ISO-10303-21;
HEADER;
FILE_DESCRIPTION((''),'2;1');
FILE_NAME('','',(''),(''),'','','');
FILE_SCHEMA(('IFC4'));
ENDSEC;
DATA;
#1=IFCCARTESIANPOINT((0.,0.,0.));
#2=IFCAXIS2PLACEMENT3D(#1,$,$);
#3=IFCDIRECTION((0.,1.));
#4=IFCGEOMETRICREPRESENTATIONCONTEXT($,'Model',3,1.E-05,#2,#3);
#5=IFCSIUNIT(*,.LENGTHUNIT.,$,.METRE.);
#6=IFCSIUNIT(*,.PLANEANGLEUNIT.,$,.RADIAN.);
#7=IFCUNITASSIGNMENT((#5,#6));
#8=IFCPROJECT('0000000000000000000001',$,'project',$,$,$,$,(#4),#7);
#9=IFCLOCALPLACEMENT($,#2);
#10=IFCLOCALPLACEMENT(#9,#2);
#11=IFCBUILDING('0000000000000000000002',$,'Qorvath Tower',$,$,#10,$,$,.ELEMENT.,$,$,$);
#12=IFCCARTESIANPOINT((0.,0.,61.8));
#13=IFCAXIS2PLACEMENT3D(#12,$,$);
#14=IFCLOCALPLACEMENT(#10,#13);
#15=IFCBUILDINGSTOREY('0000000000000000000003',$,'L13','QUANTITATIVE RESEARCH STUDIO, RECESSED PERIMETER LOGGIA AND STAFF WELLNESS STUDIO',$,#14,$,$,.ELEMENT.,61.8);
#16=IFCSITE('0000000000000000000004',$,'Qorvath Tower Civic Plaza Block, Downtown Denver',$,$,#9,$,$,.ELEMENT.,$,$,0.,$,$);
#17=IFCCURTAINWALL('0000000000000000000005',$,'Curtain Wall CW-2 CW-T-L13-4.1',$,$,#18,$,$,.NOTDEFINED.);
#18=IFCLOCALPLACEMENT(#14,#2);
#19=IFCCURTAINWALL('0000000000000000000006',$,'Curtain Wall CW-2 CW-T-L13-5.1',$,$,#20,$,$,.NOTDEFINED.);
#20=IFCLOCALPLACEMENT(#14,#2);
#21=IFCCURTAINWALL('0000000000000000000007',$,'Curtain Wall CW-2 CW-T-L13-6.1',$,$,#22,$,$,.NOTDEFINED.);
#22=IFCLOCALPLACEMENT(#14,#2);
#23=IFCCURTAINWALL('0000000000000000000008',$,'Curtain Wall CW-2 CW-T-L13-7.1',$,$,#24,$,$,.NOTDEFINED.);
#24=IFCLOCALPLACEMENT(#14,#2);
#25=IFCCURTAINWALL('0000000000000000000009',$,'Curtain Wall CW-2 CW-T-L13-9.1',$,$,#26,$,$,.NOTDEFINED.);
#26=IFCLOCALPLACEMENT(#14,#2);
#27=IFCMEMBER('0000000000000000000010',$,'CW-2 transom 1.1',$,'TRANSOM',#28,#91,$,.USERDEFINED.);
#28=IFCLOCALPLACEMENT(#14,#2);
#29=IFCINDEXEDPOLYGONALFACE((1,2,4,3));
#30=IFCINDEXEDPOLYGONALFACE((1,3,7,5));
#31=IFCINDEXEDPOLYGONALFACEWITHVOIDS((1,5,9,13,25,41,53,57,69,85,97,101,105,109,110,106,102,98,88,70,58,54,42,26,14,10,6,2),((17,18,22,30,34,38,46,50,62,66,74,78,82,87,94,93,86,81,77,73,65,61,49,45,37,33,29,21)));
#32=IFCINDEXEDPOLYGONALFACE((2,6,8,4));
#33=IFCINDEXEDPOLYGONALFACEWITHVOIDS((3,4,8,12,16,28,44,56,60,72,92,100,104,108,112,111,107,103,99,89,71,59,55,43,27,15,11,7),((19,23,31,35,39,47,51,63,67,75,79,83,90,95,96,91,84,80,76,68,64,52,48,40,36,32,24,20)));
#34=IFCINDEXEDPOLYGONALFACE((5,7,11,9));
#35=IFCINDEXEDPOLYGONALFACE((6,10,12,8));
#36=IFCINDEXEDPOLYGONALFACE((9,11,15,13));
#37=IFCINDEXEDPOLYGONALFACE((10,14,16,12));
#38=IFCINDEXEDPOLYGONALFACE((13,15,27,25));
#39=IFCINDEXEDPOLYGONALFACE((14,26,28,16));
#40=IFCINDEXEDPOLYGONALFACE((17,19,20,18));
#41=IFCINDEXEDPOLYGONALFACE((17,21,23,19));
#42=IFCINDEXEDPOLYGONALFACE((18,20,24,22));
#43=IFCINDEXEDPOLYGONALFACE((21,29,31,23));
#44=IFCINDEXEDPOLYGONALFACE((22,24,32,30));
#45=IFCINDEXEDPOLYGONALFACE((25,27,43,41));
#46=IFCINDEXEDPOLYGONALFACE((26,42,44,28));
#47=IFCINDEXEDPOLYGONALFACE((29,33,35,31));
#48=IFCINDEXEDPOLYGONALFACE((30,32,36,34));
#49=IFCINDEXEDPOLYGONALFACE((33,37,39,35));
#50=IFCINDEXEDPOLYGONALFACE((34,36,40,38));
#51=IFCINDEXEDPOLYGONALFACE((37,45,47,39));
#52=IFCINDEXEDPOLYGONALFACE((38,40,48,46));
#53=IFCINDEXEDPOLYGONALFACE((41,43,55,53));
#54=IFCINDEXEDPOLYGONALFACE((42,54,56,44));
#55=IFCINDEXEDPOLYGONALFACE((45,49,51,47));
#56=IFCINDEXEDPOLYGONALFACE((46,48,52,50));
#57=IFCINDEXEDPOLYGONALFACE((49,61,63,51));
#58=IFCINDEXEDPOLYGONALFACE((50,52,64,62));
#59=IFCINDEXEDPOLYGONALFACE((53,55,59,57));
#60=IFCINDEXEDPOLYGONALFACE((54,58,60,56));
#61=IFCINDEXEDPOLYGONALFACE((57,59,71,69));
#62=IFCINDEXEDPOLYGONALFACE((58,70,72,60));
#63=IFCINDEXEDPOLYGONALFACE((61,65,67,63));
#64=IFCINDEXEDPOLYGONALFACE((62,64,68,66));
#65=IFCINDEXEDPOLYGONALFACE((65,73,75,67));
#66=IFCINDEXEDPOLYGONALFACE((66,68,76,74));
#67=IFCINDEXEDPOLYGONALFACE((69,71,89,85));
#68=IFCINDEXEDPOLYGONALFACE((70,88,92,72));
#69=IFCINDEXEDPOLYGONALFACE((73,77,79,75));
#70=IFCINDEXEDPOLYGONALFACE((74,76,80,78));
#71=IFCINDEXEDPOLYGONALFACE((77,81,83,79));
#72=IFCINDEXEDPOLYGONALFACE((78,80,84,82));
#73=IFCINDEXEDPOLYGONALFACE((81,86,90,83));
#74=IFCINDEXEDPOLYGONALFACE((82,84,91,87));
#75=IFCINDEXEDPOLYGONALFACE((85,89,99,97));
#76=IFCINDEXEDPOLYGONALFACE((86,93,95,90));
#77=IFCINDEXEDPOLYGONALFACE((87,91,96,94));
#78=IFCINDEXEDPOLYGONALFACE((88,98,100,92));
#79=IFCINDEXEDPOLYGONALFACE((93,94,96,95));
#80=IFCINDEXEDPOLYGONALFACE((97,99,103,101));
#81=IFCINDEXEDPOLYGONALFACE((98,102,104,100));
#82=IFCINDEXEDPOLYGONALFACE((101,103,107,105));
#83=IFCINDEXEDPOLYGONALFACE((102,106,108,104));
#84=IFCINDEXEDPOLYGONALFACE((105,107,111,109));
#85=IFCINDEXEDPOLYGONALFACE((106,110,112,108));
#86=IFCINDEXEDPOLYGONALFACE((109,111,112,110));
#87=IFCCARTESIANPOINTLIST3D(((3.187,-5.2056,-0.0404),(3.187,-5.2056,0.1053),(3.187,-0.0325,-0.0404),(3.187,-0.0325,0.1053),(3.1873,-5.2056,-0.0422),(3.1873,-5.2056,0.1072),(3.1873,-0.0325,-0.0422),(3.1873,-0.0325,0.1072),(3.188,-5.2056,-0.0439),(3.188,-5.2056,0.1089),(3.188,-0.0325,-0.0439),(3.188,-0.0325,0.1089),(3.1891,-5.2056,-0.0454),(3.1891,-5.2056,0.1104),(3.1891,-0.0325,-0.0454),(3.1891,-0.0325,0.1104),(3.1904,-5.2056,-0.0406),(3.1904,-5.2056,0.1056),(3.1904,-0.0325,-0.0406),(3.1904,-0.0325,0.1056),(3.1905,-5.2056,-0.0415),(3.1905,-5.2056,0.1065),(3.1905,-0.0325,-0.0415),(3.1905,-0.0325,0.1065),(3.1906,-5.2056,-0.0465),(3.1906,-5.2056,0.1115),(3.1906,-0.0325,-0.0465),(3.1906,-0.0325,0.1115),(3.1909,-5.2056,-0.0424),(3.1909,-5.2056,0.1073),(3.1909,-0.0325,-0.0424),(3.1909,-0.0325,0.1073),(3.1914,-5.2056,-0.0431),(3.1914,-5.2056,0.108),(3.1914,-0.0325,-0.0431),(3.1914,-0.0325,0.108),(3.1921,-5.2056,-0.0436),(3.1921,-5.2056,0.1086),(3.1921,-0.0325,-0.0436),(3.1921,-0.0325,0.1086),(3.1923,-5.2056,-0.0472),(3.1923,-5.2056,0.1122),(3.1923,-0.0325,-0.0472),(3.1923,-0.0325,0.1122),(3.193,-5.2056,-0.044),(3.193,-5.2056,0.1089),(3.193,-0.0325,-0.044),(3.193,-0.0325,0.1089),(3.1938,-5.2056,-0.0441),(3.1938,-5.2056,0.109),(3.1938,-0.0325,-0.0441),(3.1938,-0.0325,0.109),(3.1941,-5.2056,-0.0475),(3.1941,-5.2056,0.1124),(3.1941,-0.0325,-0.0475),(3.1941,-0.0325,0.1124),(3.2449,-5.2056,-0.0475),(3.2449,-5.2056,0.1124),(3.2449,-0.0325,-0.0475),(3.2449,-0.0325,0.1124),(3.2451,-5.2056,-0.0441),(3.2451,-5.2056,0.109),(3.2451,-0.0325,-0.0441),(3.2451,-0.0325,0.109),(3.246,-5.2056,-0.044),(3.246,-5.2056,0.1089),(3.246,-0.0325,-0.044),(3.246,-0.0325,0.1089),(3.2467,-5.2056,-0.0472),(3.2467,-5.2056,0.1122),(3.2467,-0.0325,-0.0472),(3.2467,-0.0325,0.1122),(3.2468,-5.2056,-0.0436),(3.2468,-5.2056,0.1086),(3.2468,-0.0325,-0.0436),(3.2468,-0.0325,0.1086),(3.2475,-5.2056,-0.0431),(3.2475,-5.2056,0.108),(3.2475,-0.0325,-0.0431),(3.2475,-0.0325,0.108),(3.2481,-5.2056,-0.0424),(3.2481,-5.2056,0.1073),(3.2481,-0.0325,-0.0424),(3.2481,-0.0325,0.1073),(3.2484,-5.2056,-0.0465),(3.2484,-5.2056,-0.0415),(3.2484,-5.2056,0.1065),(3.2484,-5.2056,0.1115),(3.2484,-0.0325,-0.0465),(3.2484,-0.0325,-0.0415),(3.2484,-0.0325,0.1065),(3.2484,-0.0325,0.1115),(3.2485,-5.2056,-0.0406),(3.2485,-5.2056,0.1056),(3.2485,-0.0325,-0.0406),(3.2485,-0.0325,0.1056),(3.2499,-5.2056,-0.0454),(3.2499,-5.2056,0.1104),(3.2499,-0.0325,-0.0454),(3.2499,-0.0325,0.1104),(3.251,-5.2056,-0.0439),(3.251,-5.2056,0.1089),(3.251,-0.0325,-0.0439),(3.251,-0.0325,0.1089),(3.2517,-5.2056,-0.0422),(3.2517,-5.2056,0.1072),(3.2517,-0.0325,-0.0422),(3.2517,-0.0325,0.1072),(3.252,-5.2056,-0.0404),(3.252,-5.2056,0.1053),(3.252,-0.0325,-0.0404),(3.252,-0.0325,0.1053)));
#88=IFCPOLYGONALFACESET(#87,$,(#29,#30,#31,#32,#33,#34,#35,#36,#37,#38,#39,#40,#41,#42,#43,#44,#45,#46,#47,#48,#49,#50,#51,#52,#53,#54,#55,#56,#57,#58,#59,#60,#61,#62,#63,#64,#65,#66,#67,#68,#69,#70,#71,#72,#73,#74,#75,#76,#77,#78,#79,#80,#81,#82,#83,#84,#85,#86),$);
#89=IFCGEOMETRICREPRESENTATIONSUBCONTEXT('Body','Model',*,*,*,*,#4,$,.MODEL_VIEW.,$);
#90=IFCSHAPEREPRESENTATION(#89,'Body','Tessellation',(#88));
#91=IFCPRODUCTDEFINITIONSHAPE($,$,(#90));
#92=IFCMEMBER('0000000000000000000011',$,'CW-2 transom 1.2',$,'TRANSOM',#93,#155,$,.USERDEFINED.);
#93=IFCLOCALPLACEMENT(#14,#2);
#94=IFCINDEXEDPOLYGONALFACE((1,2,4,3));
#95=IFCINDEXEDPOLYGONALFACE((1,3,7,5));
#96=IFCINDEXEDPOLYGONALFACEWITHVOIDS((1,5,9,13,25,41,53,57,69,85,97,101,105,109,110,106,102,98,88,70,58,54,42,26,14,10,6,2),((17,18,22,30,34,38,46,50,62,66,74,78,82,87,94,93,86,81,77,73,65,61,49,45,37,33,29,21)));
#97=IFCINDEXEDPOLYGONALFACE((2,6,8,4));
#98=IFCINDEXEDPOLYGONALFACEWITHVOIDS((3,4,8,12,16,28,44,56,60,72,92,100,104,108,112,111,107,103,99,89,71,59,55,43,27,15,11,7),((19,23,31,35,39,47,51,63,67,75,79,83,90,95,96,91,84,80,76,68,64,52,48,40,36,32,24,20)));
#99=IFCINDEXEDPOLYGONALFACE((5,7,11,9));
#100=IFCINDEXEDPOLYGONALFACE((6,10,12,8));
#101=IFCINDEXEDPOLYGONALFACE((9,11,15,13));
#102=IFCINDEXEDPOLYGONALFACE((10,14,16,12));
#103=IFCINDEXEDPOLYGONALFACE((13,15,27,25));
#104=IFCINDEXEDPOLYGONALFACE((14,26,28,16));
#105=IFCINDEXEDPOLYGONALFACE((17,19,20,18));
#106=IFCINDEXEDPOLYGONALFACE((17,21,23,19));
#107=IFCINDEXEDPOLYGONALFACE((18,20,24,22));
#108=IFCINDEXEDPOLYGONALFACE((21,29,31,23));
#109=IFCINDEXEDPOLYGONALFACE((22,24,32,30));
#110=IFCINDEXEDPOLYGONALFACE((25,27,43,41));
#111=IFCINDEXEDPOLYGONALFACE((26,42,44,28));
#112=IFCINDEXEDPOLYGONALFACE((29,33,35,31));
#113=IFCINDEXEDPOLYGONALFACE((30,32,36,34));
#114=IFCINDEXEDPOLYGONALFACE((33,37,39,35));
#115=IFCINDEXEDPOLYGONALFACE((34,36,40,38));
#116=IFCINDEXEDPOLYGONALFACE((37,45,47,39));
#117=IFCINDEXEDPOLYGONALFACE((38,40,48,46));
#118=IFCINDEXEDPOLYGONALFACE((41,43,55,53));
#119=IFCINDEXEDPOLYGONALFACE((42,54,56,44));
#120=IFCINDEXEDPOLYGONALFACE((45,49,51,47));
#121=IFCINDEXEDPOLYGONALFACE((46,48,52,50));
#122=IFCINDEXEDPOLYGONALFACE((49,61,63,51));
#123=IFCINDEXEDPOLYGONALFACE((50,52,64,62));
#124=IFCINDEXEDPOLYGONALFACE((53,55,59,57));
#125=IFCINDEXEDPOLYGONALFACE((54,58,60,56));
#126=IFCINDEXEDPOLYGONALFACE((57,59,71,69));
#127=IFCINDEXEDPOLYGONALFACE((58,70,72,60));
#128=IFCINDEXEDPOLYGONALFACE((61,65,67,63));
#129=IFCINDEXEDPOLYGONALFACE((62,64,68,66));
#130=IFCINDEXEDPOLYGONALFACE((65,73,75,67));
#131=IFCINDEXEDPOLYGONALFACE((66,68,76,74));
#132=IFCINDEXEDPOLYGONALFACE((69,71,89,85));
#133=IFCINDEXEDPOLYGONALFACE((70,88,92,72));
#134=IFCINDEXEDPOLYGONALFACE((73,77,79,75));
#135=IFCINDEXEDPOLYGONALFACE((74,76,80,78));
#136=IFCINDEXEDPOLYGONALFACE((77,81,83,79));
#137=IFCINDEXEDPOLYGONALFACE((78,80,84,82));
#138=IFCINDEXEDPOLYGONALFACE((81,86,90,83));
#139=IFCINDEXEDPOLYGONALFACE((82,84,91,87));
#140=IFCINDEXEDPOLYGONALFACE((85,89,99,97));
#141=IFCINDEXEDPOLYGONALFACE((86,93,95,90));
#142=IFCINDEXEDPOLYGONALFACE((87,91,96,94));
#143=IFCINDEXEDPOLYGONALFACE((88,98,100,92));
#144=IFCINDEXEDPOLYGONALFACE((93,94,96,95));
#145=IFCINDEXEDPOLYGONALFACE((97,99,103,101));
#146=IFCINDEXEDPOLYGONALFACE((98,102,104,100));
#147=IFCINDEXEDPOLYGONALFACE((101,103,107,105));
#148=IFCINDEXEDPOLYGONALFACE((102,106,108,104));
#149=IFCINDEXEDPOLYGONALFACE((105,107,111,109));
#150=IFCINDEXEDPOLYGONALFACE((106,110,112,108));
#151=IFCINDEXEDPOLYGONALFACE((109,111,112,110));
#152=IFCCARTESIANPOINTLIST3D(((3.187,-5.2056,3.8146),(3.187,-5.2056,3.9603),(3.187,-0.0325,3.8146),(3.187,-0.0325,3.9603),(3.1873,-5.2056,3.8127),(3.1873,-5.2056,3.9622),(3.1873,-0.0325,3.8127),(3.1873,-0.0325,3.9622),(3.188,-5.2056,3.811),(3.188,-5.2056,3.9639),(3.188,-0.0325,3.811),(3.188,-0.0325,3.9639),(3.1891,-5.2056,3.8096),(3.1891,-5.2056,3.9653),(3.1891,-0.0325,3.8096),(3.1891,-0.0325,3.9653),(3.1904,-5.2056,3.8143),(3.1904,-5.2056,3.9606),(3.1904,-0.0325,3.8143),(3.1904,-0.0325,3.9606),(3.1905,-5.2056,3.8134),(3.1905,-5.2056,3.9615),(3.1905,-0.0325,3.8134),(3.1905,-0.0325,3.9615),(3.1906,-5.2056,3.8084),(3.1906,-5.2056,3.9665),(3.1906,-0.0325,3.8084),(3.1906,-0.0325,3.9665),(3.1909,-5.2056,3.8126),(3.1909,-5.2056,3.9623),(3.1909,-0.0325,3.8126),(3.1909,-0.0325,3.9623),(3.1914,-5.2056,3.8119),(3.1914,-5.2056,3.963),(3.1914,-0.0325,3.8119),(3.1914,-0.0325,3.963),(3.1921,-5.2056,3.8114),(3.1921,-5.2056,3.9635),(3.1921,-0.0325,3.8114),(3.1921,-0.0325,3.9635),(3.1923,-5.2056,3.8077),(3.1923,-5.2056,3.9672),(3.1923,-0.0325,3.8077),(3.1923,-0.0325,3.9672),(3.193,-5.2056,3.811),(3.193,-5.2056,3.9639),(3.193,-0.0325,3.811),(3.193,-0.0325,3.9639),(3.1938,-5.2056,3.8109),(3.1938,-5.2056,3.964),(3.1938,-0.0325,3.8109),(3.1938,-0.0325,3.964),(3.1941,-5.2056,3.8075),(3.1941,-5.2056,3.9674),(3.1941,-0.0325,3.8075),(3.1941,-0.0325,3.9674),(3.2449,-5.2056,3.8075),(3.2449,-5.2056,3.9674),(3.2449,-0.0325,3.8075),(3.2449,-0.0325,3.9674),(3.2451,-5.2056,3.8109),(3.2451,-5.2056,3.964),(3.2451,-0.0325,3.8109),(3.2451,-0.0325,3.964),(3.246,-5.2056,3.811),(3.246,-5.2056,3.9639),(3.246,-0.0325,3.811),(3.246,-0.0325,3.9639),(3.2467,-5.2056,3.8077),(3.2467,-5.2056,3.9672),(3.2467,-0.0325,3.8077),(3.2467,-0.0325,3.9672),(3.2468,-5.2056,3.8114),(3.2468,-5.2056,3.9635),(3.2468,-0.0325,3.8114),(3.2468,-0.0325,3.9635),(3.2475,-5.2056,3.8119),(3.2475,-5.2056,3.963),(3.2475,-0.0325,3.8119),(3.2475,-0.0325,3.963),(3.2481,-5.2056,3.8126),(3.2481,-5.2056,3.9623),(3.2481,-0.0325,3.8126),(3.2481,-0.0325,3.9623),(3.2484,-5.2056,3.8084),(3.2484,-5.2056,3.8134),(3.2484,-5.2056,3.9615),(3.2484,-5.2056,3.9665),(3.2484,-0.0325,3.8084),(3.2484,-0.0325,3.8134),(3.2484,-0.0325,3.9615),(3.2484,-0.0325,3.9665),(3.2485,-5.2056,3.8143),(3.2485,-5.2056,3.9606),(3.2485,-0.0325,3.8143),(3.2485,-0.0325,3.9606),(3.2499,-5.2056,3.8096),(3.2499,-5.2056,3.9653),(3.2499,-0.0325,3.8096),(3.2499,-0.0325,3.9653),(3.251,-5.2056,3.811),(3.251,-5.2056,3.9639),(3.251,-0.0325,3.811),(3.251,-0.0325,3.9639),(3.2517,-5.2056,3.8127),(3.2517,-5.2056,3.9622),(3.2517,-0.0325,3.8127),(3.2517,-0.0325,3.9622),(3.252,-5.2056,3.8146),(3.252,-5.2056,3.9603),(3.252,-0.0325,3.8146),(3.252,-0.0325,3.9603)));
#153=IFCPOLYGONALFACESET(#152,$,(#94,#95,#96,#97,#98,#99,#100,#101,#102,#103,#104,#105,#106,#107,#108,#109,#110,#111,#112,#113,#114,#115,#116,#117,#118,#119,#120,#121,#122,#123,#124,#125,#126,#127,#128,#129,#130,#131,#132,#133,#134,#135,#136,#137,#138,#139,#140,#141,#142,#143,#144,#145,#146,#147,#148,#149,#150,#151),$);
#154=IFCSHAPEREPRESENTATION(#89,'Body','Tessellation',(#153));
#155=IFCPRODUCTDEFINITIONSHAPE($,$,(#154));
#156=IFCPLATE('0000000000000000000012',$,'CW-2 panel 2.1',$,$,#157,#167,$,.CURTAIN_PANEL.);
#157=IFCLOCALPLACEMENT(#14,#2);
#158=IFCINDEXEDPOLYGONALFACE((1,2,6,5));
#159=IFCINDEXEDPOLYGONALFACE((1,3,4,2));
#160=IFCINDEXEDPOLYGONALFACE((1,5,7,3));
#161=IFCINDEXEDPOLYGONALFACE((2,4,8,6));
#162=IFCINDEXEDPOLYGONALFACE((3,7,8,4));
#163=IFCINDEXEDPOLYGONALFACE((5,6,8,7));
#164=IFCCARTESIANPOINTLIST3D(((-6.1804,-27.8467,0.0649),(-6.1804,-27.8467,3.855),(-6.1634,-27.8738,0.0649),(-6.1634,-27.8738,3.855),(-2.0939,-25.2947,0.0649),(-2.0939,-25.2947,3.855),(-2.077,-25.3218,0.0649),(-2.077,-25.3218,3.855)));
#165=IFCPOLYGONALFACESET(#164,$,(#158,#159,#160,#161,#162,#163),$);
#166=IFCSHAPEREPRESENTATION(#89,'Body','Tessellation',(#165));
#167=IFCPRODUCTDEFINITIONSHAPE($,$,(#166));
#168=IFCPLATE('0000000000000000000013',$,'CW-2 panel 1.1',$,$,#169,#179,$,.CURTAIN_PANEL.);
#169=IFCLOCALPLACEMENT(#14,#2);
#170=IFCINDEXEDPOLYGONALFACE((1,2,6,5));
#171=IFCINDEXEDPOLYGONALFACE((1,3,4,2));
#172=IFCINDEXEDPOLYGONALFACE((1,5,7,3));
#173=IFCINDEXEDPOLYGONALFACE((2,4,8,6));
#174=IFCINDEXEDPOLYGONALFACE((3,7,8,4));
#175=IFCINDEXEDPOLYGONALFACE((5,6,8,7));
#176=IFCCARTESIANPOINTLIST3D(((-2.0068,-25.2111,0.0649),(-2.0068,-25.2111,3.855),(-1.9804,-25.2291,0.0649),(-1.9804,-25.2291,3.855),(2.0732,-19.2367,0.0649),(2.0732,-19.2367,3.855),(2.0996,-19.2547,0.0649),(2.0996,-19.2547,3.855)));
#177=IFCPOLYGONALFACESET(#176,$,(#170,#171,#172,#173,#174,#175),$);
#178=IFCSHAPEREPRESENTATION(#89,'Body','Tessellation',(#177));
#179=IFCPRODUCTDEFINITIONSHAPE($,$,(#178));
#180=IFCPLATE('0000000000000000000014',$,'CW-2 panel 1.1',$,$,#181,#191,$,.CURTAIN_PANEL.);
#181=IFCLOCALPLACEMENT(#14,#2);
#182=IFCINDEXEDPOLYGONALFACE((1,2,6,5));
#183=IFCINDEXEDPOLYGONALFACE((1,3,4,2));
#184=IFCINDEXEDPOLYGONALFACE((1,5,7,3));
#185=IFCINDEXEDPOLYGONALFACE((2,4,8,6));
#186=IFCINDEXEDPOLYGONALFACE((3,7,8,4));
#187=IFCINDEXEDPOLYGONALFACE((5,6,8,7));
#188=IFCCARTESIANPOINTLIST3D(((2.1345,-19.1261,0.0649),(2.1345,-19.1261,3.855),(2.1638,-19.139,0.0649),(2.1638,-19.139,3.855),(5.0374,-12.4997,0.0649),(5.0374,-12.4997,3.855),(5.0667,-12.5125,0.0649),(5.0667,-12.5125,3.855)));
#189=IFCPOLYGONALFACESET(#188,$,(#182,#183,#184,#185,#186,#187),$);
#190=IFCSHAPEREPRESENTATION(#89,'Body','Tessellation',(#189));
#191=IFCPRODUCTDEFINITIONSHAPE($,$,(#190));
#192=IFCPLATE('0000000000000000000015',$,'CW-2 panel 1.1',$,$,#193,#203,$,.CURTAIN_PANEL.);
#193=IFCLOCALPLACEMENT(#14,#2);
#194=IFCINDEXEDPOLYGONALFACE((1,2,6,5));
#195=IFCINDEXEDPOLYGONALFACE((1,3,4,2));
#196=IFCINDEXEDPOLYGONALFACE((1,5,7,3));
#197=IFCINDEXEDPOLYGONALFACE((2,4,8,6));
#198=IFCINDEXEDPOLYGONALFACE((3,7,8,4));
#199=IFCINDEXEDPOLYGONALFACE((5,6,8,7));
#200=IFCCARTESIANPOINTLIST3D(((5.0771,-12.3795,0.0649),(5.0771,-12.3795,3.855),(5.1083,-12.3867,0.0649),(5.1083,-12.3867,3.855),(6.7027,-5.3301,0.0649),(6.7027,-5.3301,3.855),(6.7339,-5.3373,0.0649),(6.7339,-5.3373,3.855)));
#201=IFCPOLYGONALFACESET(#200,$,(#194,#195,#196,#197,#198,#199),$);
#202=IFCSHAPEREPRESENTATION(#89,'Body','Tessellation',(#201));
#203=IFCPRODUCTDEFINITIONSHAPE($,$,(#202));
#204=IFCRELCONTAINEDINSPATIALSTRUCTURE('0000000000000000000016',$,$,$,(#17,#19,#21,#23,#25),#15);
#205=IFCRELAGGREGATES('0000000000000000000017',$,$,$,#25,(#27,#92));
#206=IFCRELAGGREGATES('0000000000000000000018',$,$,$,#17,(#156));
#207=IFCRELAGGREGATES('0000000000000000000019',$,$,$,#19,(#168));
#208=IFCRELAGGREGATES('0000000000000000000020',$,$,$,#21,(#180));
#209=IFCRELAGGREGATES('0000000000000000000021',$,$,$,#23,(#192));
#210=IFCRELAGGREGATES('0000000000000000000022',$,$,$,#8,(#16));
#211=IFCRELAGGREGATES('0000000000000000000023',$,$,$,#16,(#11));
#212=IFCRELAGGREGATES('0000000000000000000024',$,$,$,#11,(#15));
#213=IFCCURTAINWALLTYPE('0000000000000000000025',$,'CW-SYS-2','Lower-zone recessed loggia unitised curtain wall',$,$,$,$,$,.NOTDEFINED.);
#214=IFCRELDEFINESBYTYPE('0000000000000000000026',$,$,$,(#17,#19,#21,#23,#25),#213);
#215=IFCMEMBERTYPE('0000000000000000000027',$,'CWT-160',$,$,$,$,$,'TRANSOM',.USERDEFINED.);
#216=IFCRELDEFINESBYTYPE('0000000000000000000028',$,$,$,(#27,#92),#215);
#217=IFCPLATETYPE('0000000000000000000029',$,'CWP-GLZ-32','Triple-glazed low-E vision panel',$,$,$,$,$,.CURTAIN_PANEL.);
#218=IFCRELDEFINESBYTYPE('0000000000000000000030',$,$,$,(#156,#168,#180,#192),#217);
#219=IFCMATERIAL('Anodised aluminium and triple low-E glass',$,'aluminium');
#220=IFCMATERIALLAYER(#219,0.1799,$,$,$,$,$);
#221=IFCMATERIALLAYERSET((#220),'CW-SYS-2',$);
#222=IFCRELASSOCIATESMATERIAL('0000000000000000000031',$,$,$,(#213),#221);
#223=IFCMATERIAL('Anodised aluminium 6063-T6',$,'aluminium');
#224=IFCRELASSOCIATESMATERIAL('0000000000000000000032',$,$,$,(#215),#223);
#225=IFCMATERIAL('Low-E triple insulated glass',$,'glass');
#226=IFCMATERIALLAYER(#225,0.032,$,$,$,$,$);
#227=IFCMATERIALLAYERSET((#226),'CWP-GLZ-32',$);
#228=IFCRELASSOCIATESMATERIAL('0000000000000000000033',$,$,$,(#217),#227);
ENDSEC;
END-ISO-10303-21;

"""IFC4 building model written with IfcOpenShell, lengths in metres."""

from ifc_helpers import new_model, si_unit, direction, frame, origin, origin_2d, place, context, subcontext, project, spatial, rectangle, hollow_rectangle, extrude, material, layer, layer_set, material_profile, profile_set, type_object, element, aggregate, save


model = new_model("IFC4")

# Units and contexts
model_context = context("Model", 3, precision=1e-05, world=origin(), true_north=direction((0.0, 1.0)))
body_context = subcontext(model_context, "Body", "Model", "MODEL_VIEW")
ifc_project = project(units=[si_unit("LENGTHUNIT", "METRE"), si_unit("PLANEANGLEUNIT", "RADIAN")], contexts=[model_context])

# Site, building, storey
site_placement = place(None, origin())
site = spatial("IfcSite", under=ifc_project, at=site_placement, Name="Qorvath Tower Civic Plaza Block, Downtown Denver", CompositionType="ELEMENT", RefElevation=0.0)
building_placement = place(site_placement, origin())
building = spatial("IfcBuilding", under=site, at=building_placement, Name="Qorvath Tower", CompositionType="ELEMENT")
storey_placement = place(building_placement, frame((0.0, 0.0, 61.8)))
storey = spatial("IfcBuildingStorey", under=building, at=storey_placement, Name="L13", Description="QUANTITATIVE RESEARCH STUDIO, RECESSED PERIMETER LOGGIA AND STAFF WELLNESS STUDIO", CompositionType="ELEMENT", Elevation=61.8)

# Curtain wall
ifc_material_1 = material(Name="Anodised aluminium and triple low-E glass", Category="aluminium")
ifc_layer_1 = layer(ifc_material_1, 0.1799)
ifc_layer_set_1 = layer_set([ifc_layer_1], Name="CW-SYS-2")
curtain_wall_type = type_object("IfcCurtainWallType", Name="CW-SYS-2", Description="Lower-zone recessed loggia unitised curtain wall", PredefinedType="NOTDEFINED", material=ifc_layer_set_1)
curtain_wall_1_placement = place(storey_placement, origin())
curtain_wall_1 = element("IfcCurtainWall", 1, at=curtain_wall_1_placement, inside=storey, type_object=curtain_wall_type, Name="Curtain Wall CW-2 CW-T-L13-4.1", PredefinedType="NOTDEFINED")

# Curtain walls
curtain_wall_2_placement = place(storey_placement, origin())
curtain_wall_2 = element("IfcCurtainWall", 2, at=curtain_wall_2_placement, inside=storey, type_object=curtain_wall_type, Name="Curtain Wall CW-2 CW-T-L13-5.1", PredefinedType="NOTDEFINED")
curtain_wall_3_placement = place(storey_placement, origin())
curtain_wall_3 = element("IfcCurtainWall", 3, at=curtain_wall_3_placement, inside=storey, type_object=curtain_wall_type, Name="Curtain Wall CW-2 CW-T-L13-6.1", PredefinedType="NOTDEFINED")
curtain_wall_4_placement = place(storey_placement, origin())
curtain_wall_4 = element("IfcCurtainWall", 4, at=curtain_wall_4_placement, inside=storey, type_object=curtain_wall_type, Name="Curtain Wall CW-2 CW-T-L13-7.1", PredefinedType="NOTDEFINED")

# Curtain wall
curtain_wall_5_placement = place(storey_placement, origin())
curtain_wall_5 = element("IfcCurtainWall", 5, at=curtain_wall_5_placement, inside=storey, type_object=curtain_wall_type, Name="Curtain Wall CW-2 CW-T-L13-9.1", PredefinedType="NOTDEFINED")

# Members
ifc_material_2 = material(Name="Anodised aluminium 6063-T6", Category="aluminium")
ifc_material_profile_1 = material_profile(ifc_material_2, hollow_rectangle(XDim=0.0649, YDim=0.1599, WallThickness=0.0034, InnerFilletRadius=0.0034, OuterFilletRadius=0.0071, at=origin_2d()), Name="CWT 160x65")
ifc_profile_set_1 = profile_set([ifc_material_profile_1], Name="Anodised aluminium 6063-T6")
member_type_1 = type_object("IfcMemberType", Name="CWT-160", ElementType="TRANSOM", PredefinedType="USERDEFINED", material=ifc_profile_set_1)
member_1_placement = place(storey_placement, frame((3.2195, -5.2056, 0.0325), z_axis=(0.0, 1.0, 0.0), x_axis=(-1.0, 0.0, 0.0)))
member_1 = element("IfcMember", 6, at=member_1_placement, type_object=member_type_1, Name="CW-2 transom 1.1", ObjectType="TRANSOM", PredefinedType="USERDEFINED", context=body_context, shape_type="SweptSolid", body=[
    extrude(hollow_rectangle(XDim=0.0649, YDim=0.1599, WallThickness=0.0034, InnerFilletRadius=0.0034, OuterFilletRadius=0.0071, at=origin_2d()), origin(), (0.0, 0.0, 1.0), 5.1731),
])
member_2_placement = place(storey_placement, frame((3.2195, -5.2056, 3.8875), z_axis=(0.0, 1.0, 0.0), x_axis=(-1.0, 0.0, 0.0)))
member_2 = element("IfcMember", 7, at=member_2_placement, type_object=member_type_1, Name="CW-2 transom 1.2", ObjectType="TRANSOM", PredefinedType="USERDEFINED", context=body_context, shape_type="SweptSolid", body=[
    extrude(hollow_rectangle(XDim=0.0649, YDim=0.1599, WallThickness=0.0034, InnerFilletRadius=0.0034, OuterFilletRadius=0.0071, at=origin_2d()), origin(), (0.0, 0.0, 1.0), 5.1731),
])
aggregate(curtain_wall_5, [member_1, member_2])

# Plates
ifc_material_3 = material(Name="Low-E triple insulated glass", Category="glass")
ifc_layer_2 = layer(ifc_material_3, 0.032)
ifc_layer_set_2 = layer_set([ifc_layer_2], Name="CWP-GLZ-32")
plate_type = type_object("IfcPlateType", Name="CWP-GLZ-32", Description="Triple-glazed low-E vision panel", PredefinedType="CURTAIN_PANEL", material=ifc_layer_set_2)
plate_1_placement = place(storey_placement, frame((-4.1287, -26.5842, 0.0649), z_axis=(0.0, 0.0, 1.0), x_axis=(0.84819, 0.529692, 0.0)))
plate_1 = element("IfcPlate", 8, at=plate_1_placement, type_object=plate_type, Name="CW-2 panel 2.1", PredefinedType="CURTAIN_PANEL", context=body_context, shape_type="SweptSolid", body=[
    extrude(rectangle(XDim=4.8179, YDim=0.032, at=origin_2d()), origin(), (0.0, 0.0, 1.0), 3.79),
])
aggregate(curtain_wall_1, [plate_1])
plate_2_placement = place(storey_placement, frame((0.0464, -22.2329, 0.0649), z_axis=(0.0, 0.0, 1.0), x_axis=(0.56395, 0.825809, 0.0)))
plate_2 = element("IfcPlate", 9, at=plate_2_placement, type_object=plate_type, Name="CW-2 panel 1.1", PredefinedType="CURTAIN_PANEL", context=body_context, shape_type="SweptSolid", body=[
    extrude(rectangle(XDim=7.2346, YDim=0.032, at=origin_2d()), origin(), (0.0, 0.0, 1.0), 3.79),
])
aggregate(curtain_wall_2, [plate_2])
plate_3_placement = place(storey_placement, frame((3.6006, -15.8193, 0.0649), z_axis=(0.0, 0.0, 1.0), x_axis=(0.401263, 0.915963, 0.0)))
plate_3 = element("IfcPlate", 10, at=plate_3_placement, type_object=plate_type, Name="CW-2 panel 1.1", PredefinedType="CURTAIN_PANEL", context=body_context, shape_type="SweptSolid", body=[
    extrude(rectangle(XDim=7.2344, YDim=0.032, at=origin_2d()), origin(), (0.0, 0.0, 1.0), 3.79),
])
aggregate(curtain_wall_3, [plate_3])
plate_4_placement = place(storey_placement, frame((5.9055, -8.8584, 0.0649), z_axis=(0.0, 0.0, 1.0), x_axis=(0.224705, 0.974427, 0.0)))
plate_4 = element("IfcPlate", 11, at=plate_4_placement, type_object=plate_type, Name="CW-2 panel 1.1", PredefinedType="CURTAIN_PANEL", context=body_context, shape_type="SweptSolid", body=[
    extrude(rectangle(XDim=7.2344, YDim=0.032, at=origin_2d()), origin(), (0.0, 0.0, 1.0), 3.79),
])
aggregate(curtain_wall_4, [plate_4])

save(model, "model.ifc")
